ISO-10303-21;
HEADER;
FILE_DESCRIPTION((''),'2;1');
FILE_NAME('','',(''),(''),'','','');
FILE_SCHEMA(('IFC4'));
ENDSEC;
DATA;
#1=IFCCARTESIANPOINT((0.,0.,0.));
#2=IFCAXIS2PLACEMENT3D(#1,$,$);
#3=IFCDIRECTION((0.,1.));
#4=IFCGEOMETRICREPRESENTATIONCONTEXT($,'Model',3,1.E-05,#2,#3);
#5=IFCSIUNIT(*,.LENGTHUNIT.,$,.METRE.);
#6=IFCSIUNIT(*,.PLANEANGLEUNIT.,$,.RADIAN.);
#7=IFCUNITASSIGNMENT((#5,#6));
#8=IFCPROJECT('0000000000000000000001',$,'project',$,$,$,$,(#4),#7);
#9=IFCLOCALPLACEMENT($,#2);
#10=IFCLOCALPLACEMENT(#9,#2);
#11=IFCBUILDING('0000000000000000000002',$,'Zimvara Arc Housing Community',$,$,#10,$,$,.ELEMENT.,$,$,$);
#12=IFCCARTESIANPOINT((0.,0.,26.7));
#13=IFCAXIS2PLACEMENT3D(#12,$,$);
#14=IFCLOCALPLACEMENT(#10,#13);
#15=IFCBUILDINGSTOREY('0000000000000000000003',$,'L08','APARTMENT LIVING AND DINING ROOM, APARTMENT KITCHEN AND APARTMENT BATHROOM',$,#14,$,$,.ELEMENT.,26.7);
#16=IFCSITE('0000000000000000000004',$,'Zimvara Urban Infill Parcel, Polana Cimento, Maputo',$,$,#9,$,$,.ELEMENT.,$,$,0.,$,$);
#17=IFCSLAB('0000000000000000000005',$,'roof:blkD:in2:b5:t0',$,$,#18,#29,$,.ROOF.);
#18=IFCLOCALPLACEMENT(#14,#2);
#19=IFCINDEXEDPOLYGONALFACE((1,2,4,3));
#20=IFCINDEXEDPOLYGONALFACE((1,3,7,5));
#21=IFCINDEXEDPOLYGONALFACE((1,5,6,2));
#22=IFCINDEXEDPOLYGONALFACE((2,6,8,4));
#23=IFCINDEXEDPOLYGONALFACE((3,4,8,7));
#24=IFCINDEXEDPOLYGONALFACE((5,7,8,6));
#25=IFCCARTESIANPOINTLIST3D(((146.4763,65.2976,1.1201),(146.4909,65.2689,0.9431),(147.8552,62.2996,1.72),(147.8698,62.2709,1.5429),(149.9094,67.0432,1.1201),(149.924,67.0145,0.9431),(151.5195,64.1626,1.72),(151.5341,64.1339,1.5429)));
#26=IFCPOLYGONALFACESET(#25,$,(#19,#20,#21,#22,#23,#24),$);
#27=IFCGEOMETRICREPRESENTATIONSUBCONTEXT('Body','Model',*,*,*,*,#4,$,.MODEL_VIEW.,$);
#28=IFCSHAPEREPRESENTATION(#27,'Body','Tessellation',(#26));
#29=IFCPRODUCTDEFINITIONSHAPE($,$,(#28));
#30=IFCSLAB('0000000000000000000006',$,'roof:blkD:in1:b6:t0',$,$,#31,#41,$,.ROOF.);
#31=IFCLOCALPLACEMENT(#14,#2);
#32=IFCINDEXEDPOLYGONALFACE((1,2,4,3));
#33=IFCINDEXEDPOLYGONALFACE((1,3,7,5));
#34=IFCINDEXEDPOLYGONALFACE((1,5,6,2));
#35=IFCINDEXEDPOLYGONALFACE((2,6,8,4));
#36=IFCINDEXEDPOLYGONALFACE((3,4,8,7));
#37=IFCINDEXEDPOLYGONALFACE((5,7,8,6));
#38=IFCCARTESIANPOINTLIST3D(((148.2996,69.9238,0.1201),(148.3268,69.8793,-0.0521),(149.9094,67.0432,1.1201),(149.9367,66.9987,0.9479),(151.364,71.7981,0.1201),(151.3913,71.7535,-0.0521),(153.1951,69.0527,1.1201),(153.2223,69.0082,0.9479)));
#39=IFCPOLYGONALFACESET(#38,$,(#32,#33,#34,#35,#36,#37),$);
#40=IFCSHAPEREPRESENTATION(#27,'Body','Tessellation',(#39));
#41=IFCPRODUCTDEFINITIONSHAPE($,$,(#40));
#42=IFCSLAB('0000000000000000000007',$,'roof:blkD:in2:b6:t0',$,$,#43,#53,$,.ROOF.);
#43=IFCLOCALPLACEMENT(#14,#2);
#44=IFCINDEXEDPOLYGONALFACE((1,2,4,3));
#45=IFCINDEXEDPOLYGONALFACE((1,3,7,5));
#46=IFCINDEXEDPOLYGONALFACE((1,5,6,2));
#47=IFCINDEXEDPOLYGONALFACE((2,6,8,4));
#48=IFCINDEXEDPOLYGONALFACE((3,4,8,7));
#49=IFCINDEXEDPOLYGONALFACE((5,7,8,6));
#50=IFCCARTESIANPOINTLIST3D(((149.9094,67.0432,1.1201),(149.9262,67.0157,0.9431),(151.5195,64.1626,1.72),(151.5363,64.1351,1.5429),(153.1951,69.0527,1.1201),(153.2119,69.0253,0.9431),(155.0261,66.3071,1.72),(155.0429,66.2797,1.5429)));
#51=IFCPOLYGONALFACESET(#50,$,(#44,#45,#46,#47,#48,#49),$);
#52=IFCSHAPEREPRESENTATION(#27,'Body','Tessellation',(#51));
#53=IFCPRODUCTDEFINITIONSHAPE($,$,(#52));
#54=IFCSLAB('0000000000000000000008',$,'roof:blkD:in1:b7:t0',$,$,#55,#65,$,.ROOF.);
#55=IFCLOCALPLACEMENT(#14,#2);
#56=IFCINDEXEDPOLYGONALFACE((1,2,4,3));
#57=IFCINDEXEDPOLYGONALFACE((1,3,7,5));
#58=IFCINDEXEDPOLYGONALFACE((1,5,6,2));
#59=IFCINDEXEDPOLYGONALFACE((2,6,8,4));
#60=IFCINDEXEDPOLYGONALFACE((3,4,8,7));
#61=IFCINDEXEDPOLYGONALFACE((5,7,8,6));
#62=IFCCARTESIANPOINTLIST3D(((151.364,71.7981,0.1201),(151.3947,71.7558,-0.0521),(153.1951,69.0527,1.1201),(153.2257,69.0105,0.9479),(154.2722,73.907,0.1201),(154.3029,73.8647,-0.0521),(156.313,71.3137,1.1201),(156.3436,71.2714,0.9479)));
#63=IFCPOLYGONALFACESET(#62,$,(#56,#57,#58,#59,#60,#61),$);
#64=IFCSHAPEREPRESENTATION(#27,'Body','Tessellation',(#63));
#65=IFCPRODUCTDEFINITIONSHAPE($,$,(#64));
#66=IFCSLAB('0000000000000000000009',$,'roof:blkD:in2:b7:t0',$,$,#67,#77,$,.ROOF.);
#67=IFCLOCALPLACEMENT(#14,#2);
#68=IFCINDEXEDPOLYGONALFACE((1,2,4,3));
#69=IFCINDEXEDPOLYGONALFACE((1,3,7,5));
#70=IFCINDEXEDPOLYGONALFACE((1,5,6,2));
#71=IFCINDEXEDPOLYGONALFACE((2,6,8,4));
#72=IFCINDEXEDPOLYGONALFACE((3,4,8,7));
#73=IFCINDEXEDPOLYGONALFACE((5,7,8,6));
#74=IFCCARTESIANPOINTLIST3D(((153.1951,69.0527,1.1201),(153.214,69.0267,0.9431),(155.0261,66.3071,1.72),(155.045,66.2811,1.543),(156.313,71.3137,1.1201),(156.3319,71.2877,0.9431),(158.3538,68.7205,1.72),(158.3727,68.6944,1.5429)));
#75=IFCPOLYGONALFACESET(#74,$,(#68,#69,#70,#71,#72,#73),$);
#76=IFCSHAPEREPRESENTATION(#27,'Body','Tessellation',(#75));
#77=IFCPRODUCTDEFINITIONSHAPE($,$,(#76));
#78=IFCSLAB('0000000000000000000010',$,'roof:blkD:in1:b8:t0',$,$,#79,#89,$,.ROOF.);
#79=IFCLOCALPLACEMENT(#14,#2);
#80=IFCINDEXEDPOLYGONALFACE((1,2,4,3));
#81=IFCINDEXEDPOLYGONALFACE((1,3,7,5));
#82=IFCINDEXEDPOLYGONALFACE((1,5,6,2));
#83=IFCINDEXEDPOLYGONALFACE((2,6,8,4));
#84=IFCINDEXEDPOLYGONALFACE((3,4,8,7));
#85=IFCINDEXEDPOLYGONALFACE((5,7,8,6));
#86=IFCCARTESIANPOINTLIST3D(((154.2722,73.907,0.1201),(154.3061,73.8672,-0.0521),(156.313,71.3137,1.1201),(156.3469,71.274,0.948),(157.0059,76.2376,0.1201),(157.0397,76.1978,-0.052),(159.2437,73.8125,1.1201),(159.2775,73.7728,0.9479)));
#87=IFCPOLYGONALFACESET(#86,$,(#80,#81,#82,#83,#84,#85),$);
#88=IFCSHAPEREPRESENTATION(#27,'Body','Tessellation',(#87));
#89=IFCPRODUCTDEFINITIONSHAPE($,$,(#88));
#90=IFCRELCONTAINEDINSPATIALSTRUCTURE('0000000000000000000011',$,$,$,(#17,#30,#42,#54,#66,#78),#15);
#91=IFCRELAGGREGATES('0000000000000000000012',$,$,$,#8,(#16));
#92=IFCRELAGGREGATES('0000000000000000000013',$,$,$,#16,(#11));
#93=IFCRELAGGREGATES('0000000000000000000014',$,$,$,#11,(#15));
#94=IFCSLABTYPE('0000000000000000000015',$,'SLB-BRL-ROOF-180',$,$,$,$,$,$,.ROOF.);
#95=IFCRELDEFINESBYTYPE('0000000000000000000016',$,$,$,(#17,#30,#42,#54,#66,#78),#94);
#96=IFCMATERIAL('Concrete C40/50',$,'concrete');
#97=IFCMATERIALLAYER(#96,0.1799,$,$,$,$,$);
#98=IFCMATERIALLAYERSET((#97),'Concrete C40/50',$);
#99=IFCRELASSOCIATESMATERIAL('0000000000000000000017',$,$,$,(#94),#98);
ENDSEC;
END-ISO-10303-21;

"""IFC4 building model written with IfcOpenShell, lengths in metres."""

from ifc_helpers import new_model, si_unit, direction, frame, origin, place, context, subcontext, project, spatial, polyline, outline, extrude, material, layer, layer_set, type_object, element, save


model = new_model("IFC4")

# Units and contexts
model_context = context("Model", 3, precision=1e-05, world=origin(), true_north=direction((0.0, 1.0)))
body_context = subcontext(model_context, "Body", "Model", "MODEL_VIEW")
ifc_project = project(units=[si_unit("LENGTHUNIT", "METRE"), si_unit("PLANEANGLEUNIT", "RADIAN")], contexts=[model_context])

# Site, building, storey
site_placement = place(None, origin())
site = spatial("IfcSite", under=ifc_project, at=site_placement, Name="Zimvara Urban Infill Parcel, Polana Cimento, Maputo", CompositionType="ELEMENT", RefElevation=0.0)
building_placement = place(site_placement, origin())
building = spatial("IfcBuilding", under=site, at=building_placement, Name="Zimvara Arc Housing Community", CompositionType="ELEMENT")
storey_placement = place(building_placement, frame((0.0, 0.0, 26.7)))
storey = spatial("IfcBuildingStorey", under=building, at=storey_placement, Name="L08", Description="APARTMENT LIVING AND DINING ROOM, APARTMENT KITCHEN AND APARTMENT BATHROOM", CompositionType="ELEMENT", Elevation=26.7)

# Slabs
ifc_material_1 = material(Name="Concrete C40/50", Category="concrete")
ifc_layer_1 = layer(ifc_material_1, 0.1799)
ifc_layer_set_1 = layer_set([ifc_layer_1], Name="Concrete C40/50")
slab_type = type_object("IfcSlabType", Name="SLB-BRL-ROOF-180", PredefinedType="ROOF", material=ifc_layer_set_1)
slab_1_placement = place(storey_placement, frame((146.4763, 65.2976, 1.1201), z_axis=(-0.081117, 0.159539, 0.983853), x_axis=(0.89139, 0.453238, -0.000002)))
element("IfcSlab", 1, at=slab_1_placement, inside=storey, type_object=slab_type, Name="roof:blkD:in2:b5:t0", PredefinedType="ROOF", context=body_context, shape_type="SweptSolid", body=[
    extrude(outline(polyline([(0.0, 0.0), (3.8514, 0.0), (3.981, -3.3516), (-0.1297, -3.3515), (0.0, 0.0)])), origin(), (0.0, 0.0, -1.0), 0.1799),
])
slab_2_placement = place(storey_placement, frame((148.2996, 69.9238, 0.1201), z_axis=(-0.151423, 0.247581, 0.956961), x_axis=(0.85309, 0.521763, -0.000001)))
element("IfcSlab", 2, at=slab_2_placement, inside=storey, type_object=slab_type, Name="roof:blkD:in1:b6:t0", PredefinedType="ROOF", context=body_context, shape_type="SweptSolid", body=[
    extrude(outline(polyline([(0.0, 0.0), (3.5922, 0.0), (3.7218, -3.4457), (-0.1296, -3.4457), (0.0, 0.0)])), origin(), (0.0, 0.0, -1.0), 0.1799),
])
slab_3_placement = place(storey_placement, frame((149.9094, 67.0432, 1.1201), z_axis=(-0.093377, 0.15268, 0.983854), x_axis=(0.853094, 0.521757, -0.000002)))
element("IfcSlab", 3, at=slab_3_placement, inside=storey, type_object=slab_type, Name="roof:blkD:in2:b6:t0", PredefinedType="ROOF", context=body_context, shape_type="SweptSolid", body=[
    extrude(outline(polyline([(0.0, 0.0), (3.8514, 0.0), (3.981, -3.3517), (-0.1294, -3.3516), (0.0, 0.0)])), origin(), (0.0, 0.0, -1.0), 0.1799),
])
slab_4_placement = place(storey_placement, frame((151.364, 71.7981, 0.1201), z_axis=(-0.170371, 0.234944, 0.956961), x_axis=(0.809552, 0.587048, 0.000001)))
element("IfcSlab", 4, at=slab_4_placement, inside=storey, type_object=slab_type, Name="roof:blkD:in1:b7:t0", PredefinedType="ROOF", context=body_context, shape_type="SweptSolid", body=[
    extrude(outline(polyline([(0.0, 0.0), (3.5924, 0.0), (3.7221, -3.4457), (-0.1293, -3.4457), (0.0, 0.0)])), origin(), (0.0, 0.0, -1.0), 0.1799),
])
slab_5_placement = place(storey_placement, frame((153.1951, 69.0527, 1.1201), z_axis=(-0.105071, 0.144885, 0.983854), x_axis=(0.809549, 0.587052, 0.000005)))
element("IfcSlab", 5, at=slab_5_placement, inside=storey, type_object=slab_type, Name="roof:blkD:in2:b7:t0", PredefinedType="ROOF", context=body_context, shape_type="SweptSolid", body=[
    extrude(outline(polyline([(0.0, 0.0), (3.8514, 0.0), (3.9812, -3.3515), (-0.1295, -3.3517), (0.0, 0.0)])), origin(), (0.0, 0.0, -1.0), 0.1799),
])
slab_6_placement = place(storey_placement, frame((154.2722, 73.907, 0.1201), z_axis=(-0.188294, 0.220849, 0.956959), x_axis=(0.76098, 0.648776, 0.000007)))
element("IfcSlab", 6, at=slab_6_placement, inside=storey, type_object=slab_type, Name="roof:blkD:in1:b8:t0", PredefinedType="ROOF", context=body_context, shape_type="SweptSolid", body=[
    extrude(outline(polyline([(0.0, 0.0), (3.5923, 0.0), (3.7219, -3.4455), (-0.1295, -3.4457), (0.0, 0.0)])), origin(), (0.0, 0.0, -1.0), 0.1799),
])

save(model, "model.ifc")
